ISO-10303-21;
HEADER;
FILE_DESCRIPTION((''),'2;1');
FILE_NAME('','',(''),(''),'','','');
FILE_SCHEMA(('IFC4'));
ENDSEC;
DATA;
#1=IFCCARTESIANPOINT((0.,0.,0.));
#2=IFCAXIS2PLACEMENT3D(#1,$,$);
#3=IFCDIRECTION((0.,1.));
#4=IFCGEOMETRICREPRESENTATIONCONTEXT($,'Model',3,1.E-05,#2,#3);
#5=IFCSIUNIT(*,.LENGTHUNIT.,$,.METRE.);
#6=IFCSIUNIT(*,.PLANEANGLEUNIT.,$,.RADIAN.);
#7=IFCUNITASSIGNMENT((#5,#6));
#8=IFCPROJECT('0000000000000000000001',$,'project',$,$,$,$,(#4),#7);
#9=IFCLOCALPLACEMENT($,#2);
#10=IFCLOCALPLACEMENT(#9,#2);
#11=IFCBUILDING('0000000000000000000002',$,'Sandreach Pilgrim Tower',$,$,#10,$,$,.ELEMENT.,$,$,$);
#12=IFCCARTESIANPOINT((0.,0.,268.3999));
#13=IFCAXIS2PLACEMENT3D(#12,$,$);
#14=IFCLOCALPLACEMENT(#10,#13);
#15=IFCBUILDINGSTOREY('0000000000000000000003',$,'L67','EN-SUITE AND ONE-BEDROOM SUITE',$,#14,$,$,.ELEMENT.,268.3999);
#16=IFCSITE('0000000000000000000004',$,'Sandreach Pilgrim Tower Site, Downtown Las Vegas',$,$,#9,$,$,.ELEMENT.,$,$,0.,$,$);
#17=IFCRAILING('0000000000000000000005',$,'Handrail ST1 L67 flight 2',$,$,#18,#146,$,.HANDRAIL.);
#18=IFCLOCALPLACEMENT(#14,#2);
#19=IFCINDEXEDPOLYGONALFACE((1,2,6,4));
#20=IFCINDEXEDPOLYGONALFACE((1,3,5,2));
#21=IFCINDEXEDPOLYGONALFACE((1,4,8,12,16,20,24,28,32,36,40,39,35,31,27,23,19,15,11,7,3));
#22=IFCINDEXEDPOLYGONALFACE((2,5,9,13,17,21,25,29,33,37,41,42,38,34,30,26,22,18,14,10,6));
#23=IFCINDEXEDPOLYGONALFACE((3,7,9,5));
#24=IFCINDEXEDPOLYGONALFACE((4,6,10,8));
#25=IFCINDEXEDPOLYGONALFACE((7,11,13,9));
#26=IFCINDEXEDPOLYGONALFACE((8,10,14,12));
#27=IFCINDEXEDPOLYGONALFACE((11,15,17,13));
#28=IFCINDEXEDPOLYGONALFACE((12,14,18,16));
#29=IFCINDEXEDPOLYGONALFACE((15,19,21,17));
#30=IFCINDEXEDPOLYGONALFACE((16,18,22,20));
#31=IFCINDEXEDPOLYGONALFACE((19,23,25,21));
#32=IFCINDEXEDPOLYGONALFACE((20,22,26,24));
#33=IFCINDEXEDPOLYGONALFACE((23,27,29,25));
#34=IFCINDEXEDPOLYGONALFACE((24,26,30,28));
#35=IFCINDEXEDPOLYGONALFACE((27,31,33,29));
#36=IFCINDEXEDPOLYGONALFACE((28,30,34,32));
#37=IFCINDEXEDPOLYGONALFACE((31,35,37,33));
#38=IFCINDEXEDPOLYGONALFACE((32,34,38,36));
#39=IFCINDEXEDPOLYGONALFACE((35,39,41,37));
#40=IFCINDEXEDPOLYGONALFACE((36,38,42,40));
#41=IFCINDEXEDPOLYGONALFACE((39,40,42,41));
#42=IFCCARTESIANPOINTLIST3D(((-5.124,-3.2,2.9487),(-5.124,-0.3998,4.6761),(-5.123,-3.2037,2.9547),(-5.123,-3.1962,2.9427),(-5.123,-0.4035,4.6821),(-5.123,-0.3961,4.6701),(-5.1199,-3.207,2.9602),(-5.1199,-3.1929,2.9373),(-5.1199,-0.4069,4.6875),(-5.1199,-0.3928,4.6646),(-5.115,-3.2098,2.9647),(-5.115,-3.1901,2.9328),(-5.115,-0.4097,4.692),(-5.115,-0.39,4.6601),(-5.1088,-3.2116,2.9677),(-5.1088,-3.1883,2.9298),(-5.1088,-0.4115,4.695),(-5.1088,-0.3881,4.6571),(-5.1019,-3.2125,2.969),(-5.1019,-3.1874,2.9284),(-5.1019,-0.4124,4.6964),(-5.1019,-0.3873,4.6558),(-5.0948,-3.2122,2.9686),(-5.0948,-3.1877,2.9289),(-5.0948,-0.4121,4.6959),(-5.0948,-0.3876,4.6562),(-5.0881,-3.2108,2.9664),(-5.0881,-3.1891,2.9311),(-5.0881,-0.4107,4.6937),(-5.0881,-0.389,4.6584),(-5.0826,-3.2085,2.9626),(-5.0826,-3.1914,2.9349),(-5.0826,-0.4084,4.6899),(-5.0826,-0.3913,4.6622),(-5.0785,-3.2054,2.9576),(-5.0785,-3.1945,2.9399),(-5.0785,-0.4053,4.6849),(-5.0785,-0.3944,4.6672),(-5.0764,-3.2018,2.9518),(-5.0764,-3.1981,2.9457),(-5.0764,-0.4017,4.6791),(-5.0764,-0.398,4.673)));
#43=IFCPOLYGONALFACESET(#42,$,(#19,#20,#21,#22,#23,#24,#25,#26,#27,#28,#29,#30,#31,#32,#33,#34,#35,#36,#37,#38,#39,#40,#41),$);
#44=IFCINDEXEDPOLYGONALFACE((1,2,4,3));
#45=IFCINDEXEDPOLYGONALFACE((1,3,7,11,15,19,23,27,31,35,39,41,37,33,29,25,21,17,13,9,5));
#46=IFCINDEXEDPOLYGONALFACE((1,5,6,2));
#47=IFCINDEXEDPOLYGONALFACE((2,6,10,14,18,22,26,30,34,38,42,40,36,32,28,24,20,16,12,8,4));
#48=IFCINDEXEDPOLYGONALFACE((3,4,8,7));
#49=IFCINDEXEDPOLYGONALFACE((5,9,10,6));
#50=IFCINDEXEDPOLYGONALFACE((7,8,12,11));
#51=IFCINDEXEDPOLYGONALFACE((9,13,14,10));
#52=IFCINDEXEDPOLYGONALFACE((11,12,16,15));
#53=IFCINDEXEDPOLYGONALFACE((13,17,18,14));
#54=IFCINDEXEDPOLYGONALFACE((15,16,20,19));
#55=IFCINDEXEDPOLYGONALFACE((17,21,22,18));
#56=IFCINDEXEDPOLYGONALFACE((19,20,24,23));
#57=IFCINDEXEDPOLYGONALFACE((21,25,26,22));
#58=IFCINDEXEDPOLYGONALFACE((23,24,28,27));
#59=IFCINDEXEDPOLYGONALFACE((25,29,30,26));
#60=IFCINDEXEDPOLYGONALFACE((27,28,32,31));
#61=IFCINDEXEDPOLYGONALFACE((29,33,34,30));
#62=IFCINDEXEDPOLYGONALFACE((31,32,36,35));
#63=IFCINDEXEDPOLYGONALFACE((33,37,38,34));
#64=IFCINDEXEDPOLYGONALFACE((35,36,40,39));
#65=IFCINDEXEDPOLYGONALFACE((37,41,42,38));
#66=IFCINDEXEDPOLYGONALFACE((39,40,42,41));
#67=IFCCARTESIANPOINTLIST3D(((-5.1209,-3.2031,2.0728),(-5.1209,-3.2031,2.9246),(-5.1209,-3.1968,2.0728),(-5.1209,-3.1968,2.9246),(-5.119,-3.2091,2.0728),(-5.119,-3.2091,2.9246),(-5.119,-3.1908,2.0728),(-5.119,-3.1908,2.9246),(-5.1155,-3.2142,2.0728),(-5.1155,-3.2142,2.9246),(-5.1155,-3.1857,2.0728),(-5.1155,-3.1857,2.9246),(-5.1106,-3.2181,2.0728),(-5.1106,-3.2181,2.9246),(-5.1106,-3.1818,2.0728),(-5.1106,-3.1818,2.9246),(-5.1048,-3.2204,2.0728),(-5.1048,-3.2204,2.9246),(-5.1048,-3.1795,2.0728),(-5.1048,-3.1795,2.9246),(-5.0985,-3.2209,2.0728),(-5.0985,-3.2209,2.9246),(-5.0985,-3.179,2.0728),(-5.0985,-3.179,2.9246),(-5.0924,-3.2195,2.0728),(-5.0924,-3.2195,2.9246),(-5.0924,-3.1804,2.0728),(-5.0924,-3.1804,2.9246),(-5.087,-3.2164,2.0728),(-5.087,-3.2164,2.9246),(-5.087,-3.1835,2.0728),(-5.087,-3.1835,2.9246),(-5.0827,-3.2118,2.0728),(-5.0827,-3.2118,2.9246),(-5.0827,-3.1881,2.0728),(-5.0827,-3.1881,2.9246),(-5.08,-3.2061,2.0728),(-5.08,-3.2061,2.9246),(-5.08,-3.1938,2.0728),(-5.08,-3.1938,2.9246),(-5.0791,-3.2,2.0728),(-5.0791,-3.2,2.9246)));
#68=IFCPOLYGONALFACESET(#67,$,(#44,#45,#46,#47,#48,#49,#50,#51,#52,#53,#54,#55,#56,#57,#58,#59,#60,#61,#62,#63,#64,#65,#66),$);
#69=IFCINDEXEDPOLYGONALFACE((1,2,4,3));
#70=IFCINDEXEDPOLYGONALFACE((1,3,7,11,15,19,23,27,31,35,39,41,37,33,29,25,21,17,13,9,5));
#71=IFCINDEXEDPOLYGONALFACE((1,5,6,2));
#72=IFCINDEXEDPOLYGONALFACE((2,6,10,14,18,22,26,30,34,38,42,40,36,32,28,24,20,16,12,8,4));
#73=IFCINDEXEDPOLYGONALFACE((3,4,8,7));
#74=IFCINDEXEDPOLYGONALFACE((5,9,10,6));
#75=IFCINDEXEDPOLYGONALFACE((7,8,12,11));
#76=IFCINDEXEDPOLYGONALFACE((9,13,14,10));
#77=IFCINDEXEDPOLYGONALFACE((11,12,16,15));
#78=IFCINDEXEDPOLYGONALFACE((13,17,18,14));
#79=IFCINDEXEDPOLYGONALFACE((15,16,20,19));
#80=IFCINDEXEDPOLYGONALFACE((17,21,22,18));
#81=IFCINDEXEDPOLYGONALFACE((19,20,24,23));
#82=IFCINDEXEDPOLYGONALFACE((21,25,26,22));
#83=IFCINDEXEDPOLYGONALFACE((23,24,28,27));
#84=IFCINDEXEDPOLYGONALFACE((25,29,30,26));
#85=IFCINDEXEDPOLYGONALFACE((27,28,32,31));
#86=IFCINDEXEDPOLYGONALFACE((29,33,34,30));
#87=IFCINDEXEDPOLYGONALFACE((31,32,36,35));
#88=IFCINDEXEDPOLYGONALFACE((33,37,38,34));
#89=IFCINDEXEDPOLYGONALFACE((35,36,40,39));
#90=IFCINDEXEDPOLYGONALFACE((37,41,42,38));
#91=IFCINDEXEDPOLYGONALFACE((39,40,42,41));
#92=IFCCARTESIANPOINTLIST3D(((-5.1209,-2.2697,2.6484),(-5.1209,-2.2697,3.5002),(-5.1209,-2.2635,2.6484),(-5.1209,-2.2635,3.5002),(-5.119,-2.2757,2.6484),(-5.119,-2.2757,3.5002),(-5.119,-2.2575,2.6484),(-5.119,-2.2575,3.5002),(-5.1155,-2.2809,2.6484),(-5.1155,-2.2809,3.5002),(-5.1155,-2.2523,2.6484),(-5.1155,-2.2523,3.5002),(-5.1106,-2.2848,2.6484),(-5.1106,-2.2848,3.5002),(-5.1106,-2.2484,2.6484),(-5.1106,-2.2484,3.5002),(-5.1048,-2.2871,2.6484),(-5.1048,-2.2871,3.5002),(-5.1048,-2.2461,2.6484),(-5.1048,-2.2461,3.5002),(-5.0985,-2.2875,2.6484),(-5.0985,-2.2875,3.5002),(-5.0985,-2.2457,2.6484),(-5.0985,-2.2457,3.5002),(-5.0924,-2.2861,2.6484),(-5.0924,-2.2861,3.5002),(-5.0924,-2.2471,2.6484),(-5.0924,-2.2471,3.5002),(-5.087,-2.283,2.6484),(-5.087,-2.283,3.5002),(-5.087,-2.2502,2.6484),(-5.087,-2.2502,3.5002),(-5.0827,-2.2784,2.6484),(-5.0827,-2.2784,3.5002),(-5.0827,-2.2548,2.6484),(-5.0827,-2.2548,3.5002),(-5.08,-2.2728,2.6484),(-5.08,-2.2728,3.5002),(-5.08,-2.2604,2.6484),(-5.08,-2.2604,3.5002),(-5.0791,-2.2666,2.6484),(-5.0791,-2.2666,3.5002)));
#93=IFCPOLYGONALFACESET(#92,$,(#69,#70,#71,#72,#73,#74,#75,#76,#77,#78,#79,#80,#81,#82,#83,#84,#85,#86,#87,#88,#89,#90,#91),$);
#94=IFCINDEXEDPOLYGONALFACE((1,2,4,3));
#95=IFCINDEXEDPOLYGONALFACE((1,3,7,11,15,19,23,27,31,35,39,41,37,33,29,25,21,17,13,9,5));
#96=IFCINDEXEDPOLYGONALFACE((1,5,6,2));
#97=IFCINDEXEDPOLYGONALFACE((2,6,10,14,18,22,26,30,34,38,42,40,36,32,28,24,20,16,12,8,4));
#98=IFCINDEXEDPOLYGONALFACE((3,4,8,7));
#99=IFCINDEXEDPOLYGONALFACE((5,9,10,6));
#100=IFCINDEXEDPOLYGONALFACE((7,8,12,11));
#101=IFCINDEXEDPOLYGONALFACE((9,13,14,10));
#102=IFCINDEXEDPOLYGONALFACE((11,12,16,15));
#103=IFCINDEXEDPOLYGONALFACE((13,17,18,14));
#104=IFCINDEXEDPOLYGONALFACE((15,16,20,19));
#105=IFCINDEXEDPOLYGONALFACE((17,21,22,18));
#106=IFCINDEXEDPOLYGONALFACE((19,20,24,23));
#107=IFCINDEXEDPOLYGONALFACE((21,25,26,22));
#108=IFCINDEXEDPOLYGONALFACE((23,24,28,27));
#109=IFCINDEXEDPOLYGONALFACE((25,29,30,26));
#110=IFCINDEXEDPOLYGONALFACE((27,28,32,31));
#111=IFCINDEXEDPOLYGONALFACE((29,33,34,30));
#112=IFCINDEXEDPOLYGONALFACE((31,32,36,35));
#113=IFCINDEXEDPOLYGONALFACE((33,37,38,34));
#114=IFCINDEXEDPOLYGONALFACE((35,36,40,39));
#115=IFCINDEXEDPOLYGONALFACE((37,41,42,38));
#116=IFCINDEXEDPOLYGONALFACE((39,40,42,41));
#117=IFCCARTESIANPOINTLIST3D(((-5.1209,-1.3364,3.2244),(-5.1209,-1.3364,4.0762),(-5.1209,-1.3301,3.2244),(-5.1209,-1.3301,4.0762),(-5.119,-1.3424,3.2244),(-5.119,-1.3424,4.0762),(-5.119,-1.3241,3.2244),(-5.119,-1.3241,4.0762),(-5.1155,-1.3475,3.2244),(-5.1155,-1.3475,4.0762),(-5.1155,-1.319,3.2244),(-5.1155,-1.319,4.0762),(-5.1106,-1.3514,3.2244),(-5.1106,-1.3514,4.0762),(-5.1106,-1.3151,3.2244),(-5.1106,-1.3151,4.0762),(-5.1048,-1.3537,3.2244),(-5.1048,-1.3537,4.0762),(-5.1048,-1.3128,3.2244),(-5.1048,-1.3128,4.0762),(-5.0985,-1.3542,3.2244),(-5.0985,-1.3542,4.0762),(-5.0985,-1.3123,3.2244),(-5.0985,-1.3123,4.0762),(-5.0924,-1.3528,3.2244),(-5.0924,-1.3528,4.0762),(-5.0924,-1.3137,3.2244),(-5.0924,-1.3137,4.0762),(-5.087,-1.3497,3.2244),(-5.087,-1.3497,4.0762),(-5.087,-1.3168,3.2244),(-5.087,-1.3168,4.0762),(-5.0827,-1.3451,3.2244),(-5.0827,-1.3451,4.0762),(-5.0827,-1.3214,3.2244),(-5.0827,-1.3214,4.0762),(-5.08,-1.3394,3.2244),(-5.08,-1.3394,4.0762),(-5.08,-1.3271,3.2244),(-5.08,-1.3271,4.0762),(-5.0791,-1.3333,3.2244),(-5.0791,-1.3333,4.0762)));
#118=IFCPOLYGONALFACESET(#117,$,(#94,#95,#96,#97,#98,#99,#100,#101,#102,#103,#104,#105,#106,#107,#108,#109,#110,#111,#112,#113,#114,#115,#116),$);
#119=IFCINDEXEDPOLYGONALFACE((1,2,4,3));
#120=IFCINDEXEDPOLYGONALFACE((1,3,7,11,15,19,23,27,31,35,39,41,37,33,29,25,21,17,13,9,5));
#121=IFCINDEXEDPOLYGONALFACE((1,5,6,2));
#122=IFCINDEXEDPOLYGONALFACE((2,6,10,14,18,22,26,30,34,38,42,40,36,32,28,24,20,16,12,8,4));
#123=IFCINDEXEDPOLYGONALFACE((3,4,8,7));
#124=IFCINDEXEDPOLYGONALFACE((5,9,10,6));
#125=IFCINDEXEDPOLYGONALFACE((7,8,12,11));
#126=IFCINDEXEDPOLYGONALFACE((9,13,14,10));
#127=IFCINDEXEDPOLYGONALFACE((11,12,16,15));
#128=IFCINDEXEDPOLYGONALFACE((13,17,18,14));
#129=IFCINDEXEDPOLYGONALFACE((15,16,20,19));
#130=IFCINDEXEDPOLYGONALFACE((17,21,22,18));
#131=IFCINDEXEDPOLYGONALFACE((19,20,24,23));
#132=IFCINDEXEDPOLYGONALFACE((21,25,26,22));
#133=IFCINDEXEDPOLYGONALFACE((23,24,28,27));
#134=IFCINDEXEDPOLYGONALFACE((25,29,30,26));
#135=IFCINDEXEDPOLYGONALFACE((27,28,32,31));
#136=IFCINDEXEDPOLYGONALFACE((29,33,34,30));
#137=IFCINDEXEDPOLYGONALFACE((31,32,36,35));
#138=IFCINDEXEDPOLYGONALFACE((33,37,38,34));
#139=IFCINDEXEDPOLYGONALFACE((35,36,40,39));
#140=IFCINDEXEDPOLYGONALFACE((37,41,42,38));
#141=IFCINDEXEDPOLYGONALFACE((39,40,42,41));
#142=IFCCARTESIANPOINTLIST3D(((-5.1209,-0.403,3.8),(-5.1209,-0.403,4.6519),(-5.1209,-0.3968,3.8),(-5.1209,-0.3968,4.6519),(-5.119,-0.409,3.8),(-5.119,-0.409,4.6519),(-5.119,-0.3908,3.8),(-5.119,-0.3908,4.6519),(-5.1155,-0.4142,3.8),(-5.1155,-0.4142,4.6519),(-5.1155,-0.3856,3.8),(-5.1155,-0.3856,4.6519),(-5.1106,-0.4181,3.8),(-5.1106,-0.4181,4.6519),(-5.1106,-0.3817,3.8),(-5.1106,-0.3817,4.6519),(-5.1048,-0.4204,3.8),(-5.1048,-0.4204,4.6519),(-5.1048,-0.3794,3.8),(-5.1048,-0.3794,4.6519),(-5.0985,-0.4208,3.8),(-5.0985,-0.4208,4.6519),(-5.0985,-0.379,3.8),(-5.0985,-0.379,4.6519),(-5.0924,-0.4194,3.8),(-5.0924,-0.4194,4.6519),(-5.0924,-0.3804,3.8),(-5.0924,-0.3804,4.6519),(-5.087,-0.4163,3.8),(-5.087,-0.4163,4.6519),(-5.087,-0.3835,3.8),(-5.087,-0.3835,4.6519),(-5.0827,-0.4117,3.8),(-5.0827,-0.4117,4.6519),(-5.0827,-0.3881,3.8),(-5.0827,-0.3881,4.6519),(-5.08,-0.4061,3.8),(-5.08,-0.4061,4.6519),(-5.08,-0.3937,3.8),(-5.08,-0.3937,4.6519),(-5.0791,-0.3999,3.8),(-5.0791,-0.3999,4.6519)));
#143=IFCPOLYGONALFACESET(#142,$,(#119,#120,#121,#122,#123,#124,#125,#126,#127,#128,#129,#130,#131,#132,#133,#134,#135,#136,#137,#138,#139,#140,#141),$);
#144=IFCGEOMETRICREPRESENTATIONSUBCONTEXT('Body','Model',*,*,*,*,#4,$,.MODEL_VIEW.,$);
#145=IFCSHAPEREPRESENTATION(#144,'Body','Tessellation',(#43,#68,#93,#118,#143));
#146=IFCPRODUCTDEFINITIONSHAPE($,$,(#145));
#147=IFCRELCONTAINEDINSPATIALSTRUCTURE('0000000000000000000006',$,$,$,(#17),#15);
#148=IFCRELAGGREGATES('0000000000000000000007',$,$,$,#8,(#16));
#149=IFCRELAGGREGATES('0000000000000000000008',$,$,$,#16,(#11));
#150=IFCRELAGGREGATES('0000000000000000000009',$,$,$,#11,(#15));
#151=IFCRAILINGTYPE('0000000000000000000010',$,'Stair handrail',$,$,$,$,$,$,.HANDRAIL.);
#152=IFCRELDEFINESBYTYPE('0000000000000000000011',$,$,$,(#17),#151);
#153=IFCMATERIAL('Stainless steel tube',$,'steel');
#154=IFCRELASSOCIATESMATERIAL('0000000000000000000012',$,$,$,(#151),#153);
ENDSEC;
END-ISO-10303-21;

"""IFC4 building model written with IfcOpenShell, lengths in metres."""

from ifc_helpers import new_model, si_unit, direction, frame, origin, origin_2d, place, context, subcontext, project, spatial, circle, extrude, material, type_object, element, save


model = new_model("IFC4")

# Units and contexts
model_context = context("Model", 3, precision=1e-05, world=origin(), true_north=direction((0.0, 1.0)))
body_context = subcontext(model_context, "Body", "Model", "MODEL_VIEW")
ifc_project = project(units=[si_unit("LENGTHUNIT", "METRE"), si_unit("PLANEANGLEUNIT", "RADIAN")], contexts=[model_context])

# Site, building, storey
site_placement = place(None, origin())
site = spatial("IfcSite", under=ifc_project, at=site_placement, Name="Sandreach Pilgrim Tower Site, Downtown Las Vegas", CompositionType="ELEMENT", RefElevation=0.0)
building_placement = place(site_placement, origin())
building = spatial("IfcBuilding", under=site, at=building_placement, Name="Sandreach Pilgrim Tower", CompositionType="ELEMENT")
storey_placement = place(building_placement, frame((0.0, 0.0, 268.3999)))
storey = spatial("IfcBuildingStorey", under=building, at=storey_placement, Name="L67", Description="EN-SUITE AND ONE-BEDROOM SUITE", CompositionType="ELEMENT", Elevation=268.3999)

# Railing
ifc_material_1 = material(Name="Stainless steel tube", Category="steel")
railing_type = type_object("IfcRailingType", Name="Stair handrail", PredefinedType="HANDRAIL", material=ifc_material_1)
for number, where, name in (
    (1, (-5.1001, -3.2, 2.0728), "Handrail ST1 L67 flight 2"),
):
    element("IfcRailing", number, at=place(storey_placement, frame(where)), inside=storey, type_object=railing_type, Name=name, PredefinedType="HANDRAIL", context=body_context, shape_type="SweptSolid", body=[
        extrude(circle(Radius=0.0239, at=origin_2d()), frame((0.0, 0.0, 0.876), z_axis=(0.0, 0.85109, 0.52502), x_axis=(-1.0, 0.0, 0.0)), (0.0, 0.0, 1.0), 3.29),
        extrude(circle(Radius=0.021, at=origin_2d()), origin(), (0.0, 0.0, 1.0), 0.8518),
        extrude(circle(Radius=0.021, at=origin_2d()), frame((0.0, 0.9333, 0.5757)), (0.0, 0.0, 1.0), 0.8518),
        extrude(circle(Radius=0.021, at=origin_2d()), frame((0.0, 1.8667, 1.1516)), (0.0, 0.0, 1.0), 0.8518),
        extrude(circle(Radius=0.021, at=origin_2d()), frame((0.0, 2.8, 1.7273)), (0.0, 0.0, 1.0), 0.8518),
    ])

save(model, "model.ifc")
